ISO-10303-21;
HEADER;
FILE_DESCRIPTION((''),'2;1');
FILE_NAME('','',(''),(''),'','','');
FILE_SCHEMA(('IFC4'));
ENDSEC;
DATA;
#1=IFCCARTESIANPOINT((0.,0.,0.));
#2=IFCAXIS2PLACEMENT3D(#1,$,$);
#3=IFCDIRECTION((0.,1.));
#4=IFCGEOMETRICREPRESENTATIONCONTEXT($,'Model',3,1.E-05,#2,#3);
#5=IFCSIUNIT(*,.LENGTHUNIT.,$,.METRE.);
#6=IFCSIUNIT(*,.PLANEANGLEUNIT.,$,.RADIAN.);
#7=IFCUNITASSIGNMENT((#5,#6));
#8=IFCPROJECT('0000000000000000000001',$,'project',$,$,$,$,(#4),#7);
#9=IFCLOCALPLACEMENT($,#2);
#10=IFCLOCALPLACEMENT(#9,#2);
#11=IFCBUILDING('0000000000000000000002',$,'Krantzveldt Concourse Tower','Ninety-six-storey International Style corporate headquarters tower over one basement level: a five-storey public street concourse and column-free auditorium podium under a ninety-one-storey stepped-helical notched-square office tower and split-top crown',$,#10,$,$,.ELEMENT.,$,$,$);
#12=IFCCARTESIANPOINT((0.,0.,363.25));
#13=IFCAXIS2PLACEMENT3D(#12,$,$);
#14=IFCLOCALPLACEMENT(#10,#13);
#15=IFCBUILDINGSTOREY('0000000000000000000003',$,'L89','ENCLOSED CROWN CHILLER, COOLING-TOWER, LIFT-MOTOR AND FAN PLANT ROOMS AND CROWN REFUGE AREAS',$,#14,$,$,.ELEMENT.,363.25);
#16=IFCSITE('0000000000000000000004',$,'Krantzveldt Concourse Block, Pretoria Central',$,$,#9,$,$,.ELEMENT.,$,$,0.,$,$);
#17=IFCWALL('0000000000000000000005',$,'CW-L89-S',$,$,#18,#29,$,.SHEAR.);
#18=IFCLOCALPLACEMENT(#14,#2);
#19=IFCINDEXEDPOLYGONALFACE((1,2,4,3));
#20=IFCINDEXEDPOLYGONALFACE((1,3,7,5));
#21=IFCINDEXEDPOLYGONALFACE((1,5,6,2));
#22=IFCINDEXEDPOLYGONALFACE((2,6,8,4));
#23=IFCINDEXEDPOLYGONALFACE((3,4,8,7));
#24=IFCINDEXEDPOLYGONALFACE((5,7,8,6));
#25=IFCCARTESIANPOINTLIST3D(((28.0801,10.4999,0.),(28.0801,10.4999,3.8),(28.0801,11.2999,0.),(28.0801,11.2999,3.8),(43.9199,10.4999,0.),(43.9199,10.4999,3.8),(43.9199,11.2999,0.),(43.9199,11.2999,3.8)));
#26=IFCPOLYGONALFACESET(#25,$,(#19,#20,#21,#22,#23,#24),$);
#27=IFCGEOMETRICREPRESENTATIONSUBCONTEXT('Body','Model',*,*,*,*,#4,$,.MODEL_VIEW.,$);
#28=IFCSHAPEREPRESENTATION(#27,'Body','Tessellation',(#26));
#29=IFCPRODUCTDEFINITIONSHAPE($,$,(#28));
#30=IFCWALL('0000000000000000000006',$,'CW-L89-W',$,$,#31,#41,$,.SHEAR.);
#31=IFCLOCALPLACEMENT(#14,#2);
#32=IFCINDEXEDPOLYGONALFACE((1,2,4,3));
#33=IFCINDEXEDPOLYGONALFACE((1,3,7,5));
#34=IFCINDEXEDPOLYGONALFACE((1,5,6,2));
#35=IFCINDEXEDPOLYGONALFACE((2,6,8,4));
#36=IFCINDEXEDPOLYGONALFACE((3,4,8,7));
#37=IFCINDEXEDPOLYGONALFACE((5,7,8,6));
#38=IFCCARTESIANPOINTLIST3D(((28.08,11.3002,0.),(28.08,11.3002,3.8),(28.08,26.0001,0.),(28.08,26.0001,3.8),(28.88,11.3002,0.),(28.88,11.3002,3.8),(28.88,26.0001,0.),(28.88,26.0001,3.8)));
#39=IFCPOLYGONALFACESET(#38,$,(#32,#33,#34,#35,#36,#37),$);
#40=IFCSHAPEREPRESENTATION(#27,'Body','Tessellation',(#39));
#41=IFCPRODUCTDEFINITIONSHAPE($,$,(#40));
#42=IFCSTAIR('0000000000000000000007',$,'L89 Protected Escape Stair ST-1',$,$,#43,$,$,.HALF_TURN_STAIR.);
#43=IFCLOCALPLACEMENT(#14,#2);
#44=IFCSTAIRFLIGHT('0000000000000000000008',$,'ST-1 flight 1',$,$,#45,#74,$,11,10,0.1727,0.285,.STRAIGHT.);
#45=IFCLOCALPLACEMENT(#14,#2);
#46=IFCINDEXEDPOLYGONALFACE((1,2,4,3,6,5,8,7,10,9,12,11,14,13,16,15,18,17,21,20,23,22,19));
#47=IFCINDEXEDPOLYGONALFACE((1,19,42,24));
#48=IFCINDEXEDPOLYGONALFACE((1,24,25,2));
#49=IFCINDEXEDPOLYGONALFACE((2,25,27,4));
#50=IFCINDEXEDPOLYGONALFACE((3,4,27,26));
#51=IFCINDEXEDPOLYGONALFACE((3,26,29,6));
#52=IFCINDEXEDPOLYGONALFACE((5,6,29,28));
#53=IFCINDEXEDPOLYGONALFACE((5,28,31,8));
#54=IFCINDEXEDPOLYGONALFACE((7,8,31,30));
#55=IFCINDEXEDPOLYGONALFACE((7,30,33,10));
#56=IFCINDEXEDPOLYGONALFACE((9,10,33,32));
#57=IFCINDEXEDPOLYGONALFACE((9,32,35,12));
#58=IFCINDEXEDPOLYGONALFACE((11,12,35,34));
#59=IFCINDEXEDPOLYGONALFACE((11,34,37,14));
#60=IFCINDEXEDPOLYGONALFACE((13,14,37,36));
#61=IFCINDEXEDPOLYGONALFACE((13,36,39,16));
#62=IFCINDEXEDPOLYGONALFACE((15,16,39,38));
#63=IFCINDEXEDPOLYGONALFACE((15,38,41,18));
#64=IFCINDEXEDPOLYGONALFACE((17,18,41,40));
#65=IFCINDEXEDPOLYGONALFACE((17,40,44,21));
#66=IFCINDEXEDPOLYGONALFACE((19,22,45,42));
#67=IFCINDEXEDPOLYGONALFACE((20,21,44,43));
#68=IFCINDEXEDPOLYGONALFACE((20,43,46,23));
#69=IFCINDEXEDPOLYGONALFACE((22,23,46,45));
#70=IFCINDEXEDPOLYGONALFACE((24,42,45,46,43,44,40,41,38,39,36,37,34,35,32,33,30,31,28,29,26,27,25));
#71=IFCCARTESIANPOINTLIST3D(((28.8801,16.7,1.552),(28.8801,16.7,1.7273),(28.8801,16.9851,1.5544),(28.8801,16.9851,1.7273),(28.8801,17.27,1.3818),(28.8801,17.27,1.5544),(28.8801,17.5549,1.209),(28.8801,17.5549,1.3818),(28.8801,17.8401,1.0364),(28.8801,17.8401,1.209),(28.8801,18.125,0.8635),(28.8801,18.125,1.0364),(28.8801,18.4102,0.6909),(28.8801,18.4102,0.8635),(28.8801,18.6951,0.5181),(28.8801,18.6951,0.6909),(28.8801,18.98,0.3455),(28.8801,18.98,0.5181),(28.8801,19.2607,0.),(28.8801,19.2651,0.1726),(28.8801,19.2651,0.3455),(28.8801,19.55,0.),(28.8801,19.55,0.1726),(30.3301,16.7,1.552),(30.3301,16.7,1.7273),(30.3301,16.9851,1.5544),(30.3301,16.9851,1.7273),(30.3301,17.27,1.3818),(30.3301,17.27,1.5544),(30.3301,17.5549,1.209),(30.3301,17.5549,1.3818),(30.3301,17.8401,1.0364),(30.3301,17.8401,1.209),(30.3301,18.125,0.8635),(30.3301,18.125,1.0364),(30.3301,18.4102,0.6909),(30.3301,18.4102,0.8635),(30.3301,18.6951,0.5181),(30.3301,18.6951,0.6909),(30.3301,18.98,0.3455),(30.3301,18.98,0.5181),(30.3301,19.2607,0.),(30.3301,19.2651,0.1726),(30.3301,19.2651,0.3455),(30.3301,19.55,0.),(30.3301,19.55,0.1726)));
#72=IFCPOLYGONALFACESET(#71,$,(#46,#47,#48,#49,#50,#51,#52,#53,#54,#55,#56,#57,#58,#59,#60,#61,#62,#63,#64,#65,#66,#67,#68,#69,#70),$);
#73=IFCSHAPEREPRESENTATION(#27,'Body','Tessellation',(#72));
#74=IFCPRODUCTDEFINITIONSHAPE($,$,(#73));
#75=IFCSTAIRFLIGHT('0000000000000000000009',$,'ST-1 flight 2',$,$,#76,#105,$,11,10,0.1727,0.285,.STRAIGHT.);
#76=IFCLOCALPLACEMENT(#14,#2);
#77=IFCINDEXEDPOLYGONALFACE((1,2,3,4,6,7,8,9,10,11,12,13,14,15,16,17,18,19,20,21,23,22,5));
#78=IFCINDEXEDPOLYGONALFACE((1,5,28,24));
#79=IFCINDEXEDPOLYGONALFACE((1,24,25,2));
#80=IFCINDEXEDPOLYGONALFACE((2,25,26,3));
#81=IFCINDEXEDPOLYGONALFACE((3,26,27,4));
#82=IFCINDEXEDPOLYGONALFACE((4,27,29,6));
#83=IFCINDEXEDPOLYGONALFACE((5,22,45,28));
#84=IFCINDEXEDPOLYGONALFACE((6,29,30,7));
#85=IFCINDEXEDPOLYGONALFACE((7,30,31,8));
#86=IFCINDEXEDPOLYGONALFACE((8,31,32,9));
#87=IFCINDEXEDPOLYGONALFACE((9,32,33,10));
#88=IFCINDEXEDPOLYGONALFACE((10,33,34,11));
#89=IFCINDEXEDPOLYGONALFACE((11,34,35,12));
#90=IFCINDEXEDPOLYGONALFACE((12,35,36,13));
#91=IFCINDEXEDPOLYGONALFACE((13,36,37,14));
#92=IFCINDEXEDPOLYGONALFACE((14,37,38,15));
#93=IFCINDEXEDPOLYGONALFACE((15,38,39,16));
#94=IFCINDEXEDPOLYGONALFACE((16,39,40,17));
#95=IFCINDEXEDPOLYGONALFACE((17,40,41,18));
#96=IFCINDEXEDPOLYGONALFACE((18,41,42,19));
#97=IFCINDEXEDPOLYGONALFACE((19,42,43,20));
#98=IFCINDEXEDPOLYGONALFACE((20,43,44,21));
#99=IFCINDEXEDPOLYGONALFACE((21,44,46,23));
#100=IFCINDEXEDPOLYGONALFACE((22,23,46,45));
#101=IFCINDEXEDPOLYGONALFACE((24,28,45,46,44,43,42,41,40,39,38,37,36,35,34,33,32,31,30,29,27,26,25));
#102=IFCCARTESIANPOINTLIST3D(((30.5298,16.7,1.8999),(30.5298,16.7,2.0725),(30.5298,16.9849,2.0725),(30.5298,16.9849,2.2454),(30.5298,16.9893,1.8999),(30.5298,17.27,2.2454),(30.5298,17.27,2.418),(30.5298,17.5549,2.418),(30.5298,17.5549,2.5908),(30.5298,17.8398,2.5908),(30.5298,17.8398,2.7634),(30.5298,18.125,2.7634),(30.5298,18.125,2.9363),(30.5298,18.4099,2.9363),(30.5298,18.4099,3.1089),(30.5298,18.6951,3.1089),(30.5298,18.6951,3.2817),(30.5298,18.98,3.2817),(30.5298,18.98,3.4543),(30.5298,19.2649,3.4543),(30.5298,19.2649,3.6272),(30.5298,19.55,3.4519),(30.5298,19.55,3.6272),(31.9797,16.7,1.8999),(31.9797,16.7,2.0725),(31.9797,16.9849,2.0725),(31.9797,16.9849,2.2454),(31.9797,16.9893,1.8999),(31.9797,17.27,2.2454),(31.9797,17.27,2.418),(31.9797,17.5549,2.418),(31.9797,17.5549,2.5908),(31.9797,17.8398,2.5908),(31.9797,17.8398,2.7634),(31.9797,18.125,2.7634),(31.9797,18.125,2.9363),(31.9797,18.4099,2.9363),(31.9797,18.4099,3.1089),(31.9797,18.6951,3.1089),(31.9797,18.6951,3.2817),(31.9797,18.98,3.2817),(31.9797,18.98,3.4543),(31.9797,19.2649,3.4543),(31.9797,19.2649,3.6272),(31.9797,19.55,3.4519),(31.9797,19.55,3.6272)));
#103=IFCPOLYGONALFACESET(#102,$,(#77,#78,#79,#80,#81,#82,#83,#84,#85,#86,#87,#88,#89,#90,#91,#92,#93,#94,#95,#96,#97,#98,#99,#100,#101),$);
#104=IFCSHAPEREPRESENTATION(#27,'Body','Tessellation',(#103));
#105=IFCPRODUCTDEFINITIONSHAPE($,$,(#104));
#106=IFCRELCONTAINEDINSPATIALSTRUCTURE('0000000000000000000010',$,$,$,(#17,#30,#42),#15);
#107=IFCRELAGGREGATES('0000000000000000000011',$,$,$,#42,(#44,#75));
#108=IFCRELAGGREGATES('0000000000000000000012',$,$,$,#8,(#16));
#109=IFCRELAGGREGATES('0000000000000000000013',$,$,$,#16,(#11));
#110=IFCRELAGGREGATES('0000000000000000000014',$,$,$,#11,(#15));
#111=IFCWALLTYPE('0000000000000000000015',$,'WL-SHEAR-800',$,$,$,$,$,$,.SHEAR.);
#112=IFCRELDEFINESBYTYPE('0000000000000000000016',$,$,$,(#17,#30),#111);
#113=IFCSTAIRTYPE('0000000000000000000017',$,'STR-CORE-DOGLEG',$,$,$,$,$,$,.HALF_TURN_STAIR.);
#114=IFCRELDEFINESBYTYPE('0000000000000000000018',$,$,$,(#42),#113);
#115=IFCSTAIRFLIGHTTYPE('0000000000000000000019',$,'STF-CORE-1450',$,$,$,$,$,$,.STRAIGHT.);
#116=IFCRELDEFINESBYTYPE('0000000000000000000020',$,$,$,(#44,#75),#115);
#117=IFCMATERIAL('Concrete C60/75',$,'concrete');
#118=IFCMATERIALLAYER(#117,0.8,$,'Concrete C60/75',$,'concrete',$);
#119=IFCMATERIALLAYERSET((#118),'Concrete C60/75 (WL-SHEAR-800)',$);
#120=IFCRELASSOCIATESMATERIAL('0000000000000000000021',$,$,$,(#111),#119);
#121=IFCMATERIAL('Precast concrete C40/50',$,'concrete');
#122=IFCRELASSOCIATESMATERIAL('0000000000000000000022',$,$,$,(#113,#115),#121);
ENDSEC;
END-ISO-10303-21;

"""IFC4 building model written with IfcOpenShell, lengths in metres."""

from ifc_helpers import new_model, si_unit, direction, frame, frame_2d, origin, place, context, subcontext, project, spatial, polyline, rectangle, outline, extrude, material, layer, layer_set, type_object, element, aggregate, save


model = new_model("IFC4")

# Units and contexts
model_context = context("Model", 3, precision=1e-05, world=origin(), true_north=direction((0.0, 1.0)))
body_context = subcontext(model_context, "Body", "Model", "MODEL_VIEW")
ifc_project = project(units=[si_unit("LENGTHUNIT", "METRE"), si_unit("PLANEANGLEUNIT", "RADIAN")], contexts=[model_context])

# Site, building, storey
site_placement = place(None, origin())
site = spatial("IfcSite", under=ifc_project, at=site_placement, Name="Krantzveldt Concourse Block, Pretoria Central", CompositionType="ELEMENT", RefElevation=0.0)
building_placement = place(site_placement, origin())
building = spatial("IfcBuilding", under=site, at=building_placement, Name="Krantzveldt Concourse Tower", Description="Ninety-six-storey International Style corporate headquarters tower over one basement level: a five-storey public street concourse and column-free auditorium podium under a ninety-one-storey stepped-helical notched-square office tower and split-top crown", CompositionType="ELEMENT")
storey_placement = place(building_placement, frame((0.0, 0.0, 363.25)))
storey = spatial("IfcBuildingStorey", under=building, at=storey_placement, Name="L89", Description="ENCLOSED CROWN CHILLER, COOLING-TOWER, LIFT-MOTOR AND FAN PLANT ROOMS AND CROWN REFUGE AREAS", CompositionType="ELEMENT", Elevation=363.25)

# Walls
ifc_material_1 = material(Name="Concrete C60/75", Category="concrete")
ifc_layer_1 = layer(ifc_material_1, 0.8, Name="Concrete C60/75", Category="concrete")
ifc_layer_set_1 = layer_set([ifc_layer_1], Name="Concrete C60/75 (WL-SHEAR-800)")
wall_type_1 = type_object("IfcWallType", Name="WL-SHEAR-800", PredefinedType="SHEAR", material=ifc_layer_set_1)
wall_1_placement = place(storey_placement, frame((28.0801, 10.8999, 0.0), z_axis=(0.0, 0.0, 1.0), x_axis=(1.0, 0.0, 0.0)))
element("IfcWall", 1, at=wall_1_placement, inside=storey, type_object=wall_type_1, Name="CW-L89-S", PredefinedType="SHEAR", context=body_context, shape_type="SweptSolid", body=[
    extrude(rectangle(XDim=15.8398, YDim=0.8, at=frame_2d((7.9199, 0.0))), origin(), (0.0, 0.0, 1.0), 3.8),
])
wall_2_placement = place(storey_placement, frame((28.48, 11.3, 0.0), z_axis=(0.0, 0.0, 1.0), x_axis=(0.0, 1.0, 0.0)))
element("IfcWall", 2, at=wall_2_placement, inside=storey, type_object=wall_type_1, Name="CW-L89-W", PredefinedType="SHEAR", context=body_context, shape_type="SweptSolid", body=[
    extrude(rectangle(XDim=14.7, YDim=0.8, at=frame_2d((7.3501, 0.0))), origin(), (0.0, 0.0, 1.0), 3.8),
])

# Stair, stair flights
ifc_material_2 = material(Name="Precast concrete C40/50", Category="concrete")
stair_type = type_object("IfcStairType", Name="STR-CORE-DOGLEG", PredefinedType="HALF_TURN_STAIR", material=ifc_material_2)
stair_placement = place(storey_placement, origin())
stair = element("IfcStair", 3, at=stair_placement, inside=storey, type_object=stair_type, Name="L89 Protected Escape Stair ST-1", PredefinedType="HALF_TURN_STAIR")
stair_flight_type = type_object("IfcStairFlightType", Name="STF-CORE-1450", PredefinedType="STRAIGHT", material=ifc_material_2)
stair_flight_1_placement = place(storey_placement, frame((29.605, 19.55, 0.0), z_axis=(0.0, 0.0, 1.0), x_axis=(0.0, -1.0, 0.0)))
stair_flight_1 = element("IfcStairFlight", 4, at=stair_flight_1_placement, type_object=stair_flight_type, Name="ST-1 flight 1", NumberOfRisers=11, NumberOfTreads=10, PredefinedType="STRAIGHT", RiserHeight=0.1727, TreadLength=0.285, context=body_context, shape_type="SweptSolid", body=[
    extrude(outline(polyline([(0.0, 0.0), (0.0, 0.1726), (0.2849, 0.1726), (0.2849, 0.3455), (0.5701, 0.3455), (0.5701, 0.5181), (0.855, 0.5181), (0.855, 0.6909), (1.1399, 0.6909), (1.1399, 0.8635), (1.425, 0.8635), (1.425, 1.0364), (1.71, 1.0364), (1.71, 1.209), (1.9951, 1.209), (1.9951, 1.3818), (2.28, 1.3818), (2.28, 1.5544), (2.5649, 1.5544), (2.5649, 1.7273), (2.8501, 1.7273), (2.8501, 1.8999), (2.8501, 1.552), (0.2893, 0.0), (0.0, 0.0)])), frame((0.0, 0.7251, 0.0), z_axis=(0.0, -1.0, 0.0), x_axis=(1.0, 0.0, 0.0)), (0.0, 0.0, 1.0), 1.45),
])
stair_flight_2_placement = place(storey_placement, frame((31.2549, 16.7, 1.8999), z_axis=(0.0, 0.0, 1.0), x_axis=(0.0, 1.0, 0.0)))
stair_flight_2 = element("IfcStairFlight", 5, at=stair_flight_2_placement, type_object=stair_flight_type, Name="ST-1 flight 2", NumberOfRisers=11, NumberOfTreads=10, PredefinedType="STRAIGHT", RiserHeight=0.1727, TreadLength=0.285, context=body_context, shape_type="SweptSolid", body=[
    extrude(outline(polyline([(0.0, 0.0), (0.0, 0.1726), (0.2849, 0.1726), (0.2849, 0.3455), (0.5701, 0.3455), (0.5701, 0.5181), (0.855, 0.5181), (0.855, 0.6909), (1.1399, 0.6909), (1.1399, 0.8635), (1.425, 0.8635), (1.425, 1.0364), (1.71, 1.0364), (1.71, 1.209), (1.9951, 1.209), (1.9951, 1.3818), (2.28, 1.3818), (2.28, 1.5544), (2.5649, 1.5544), (2.5649, 1.7273), (2.8501, 1.7273), (2.8501, 1.8999), (2.8501, 1.552), (0.2893, 0.0), (0.0, 0.0)])), frame((0.0, 0.7251, 0.0), z_axis=(0.0, -1.0, 0.0), x_axis=(1.0, 0.0, 0.0)), (0.0, 0.0, 1.0), 1.45),
])
aggregate(stair, [stair_flight_1, stair_flight_2])

save(model, "model.ifc")
